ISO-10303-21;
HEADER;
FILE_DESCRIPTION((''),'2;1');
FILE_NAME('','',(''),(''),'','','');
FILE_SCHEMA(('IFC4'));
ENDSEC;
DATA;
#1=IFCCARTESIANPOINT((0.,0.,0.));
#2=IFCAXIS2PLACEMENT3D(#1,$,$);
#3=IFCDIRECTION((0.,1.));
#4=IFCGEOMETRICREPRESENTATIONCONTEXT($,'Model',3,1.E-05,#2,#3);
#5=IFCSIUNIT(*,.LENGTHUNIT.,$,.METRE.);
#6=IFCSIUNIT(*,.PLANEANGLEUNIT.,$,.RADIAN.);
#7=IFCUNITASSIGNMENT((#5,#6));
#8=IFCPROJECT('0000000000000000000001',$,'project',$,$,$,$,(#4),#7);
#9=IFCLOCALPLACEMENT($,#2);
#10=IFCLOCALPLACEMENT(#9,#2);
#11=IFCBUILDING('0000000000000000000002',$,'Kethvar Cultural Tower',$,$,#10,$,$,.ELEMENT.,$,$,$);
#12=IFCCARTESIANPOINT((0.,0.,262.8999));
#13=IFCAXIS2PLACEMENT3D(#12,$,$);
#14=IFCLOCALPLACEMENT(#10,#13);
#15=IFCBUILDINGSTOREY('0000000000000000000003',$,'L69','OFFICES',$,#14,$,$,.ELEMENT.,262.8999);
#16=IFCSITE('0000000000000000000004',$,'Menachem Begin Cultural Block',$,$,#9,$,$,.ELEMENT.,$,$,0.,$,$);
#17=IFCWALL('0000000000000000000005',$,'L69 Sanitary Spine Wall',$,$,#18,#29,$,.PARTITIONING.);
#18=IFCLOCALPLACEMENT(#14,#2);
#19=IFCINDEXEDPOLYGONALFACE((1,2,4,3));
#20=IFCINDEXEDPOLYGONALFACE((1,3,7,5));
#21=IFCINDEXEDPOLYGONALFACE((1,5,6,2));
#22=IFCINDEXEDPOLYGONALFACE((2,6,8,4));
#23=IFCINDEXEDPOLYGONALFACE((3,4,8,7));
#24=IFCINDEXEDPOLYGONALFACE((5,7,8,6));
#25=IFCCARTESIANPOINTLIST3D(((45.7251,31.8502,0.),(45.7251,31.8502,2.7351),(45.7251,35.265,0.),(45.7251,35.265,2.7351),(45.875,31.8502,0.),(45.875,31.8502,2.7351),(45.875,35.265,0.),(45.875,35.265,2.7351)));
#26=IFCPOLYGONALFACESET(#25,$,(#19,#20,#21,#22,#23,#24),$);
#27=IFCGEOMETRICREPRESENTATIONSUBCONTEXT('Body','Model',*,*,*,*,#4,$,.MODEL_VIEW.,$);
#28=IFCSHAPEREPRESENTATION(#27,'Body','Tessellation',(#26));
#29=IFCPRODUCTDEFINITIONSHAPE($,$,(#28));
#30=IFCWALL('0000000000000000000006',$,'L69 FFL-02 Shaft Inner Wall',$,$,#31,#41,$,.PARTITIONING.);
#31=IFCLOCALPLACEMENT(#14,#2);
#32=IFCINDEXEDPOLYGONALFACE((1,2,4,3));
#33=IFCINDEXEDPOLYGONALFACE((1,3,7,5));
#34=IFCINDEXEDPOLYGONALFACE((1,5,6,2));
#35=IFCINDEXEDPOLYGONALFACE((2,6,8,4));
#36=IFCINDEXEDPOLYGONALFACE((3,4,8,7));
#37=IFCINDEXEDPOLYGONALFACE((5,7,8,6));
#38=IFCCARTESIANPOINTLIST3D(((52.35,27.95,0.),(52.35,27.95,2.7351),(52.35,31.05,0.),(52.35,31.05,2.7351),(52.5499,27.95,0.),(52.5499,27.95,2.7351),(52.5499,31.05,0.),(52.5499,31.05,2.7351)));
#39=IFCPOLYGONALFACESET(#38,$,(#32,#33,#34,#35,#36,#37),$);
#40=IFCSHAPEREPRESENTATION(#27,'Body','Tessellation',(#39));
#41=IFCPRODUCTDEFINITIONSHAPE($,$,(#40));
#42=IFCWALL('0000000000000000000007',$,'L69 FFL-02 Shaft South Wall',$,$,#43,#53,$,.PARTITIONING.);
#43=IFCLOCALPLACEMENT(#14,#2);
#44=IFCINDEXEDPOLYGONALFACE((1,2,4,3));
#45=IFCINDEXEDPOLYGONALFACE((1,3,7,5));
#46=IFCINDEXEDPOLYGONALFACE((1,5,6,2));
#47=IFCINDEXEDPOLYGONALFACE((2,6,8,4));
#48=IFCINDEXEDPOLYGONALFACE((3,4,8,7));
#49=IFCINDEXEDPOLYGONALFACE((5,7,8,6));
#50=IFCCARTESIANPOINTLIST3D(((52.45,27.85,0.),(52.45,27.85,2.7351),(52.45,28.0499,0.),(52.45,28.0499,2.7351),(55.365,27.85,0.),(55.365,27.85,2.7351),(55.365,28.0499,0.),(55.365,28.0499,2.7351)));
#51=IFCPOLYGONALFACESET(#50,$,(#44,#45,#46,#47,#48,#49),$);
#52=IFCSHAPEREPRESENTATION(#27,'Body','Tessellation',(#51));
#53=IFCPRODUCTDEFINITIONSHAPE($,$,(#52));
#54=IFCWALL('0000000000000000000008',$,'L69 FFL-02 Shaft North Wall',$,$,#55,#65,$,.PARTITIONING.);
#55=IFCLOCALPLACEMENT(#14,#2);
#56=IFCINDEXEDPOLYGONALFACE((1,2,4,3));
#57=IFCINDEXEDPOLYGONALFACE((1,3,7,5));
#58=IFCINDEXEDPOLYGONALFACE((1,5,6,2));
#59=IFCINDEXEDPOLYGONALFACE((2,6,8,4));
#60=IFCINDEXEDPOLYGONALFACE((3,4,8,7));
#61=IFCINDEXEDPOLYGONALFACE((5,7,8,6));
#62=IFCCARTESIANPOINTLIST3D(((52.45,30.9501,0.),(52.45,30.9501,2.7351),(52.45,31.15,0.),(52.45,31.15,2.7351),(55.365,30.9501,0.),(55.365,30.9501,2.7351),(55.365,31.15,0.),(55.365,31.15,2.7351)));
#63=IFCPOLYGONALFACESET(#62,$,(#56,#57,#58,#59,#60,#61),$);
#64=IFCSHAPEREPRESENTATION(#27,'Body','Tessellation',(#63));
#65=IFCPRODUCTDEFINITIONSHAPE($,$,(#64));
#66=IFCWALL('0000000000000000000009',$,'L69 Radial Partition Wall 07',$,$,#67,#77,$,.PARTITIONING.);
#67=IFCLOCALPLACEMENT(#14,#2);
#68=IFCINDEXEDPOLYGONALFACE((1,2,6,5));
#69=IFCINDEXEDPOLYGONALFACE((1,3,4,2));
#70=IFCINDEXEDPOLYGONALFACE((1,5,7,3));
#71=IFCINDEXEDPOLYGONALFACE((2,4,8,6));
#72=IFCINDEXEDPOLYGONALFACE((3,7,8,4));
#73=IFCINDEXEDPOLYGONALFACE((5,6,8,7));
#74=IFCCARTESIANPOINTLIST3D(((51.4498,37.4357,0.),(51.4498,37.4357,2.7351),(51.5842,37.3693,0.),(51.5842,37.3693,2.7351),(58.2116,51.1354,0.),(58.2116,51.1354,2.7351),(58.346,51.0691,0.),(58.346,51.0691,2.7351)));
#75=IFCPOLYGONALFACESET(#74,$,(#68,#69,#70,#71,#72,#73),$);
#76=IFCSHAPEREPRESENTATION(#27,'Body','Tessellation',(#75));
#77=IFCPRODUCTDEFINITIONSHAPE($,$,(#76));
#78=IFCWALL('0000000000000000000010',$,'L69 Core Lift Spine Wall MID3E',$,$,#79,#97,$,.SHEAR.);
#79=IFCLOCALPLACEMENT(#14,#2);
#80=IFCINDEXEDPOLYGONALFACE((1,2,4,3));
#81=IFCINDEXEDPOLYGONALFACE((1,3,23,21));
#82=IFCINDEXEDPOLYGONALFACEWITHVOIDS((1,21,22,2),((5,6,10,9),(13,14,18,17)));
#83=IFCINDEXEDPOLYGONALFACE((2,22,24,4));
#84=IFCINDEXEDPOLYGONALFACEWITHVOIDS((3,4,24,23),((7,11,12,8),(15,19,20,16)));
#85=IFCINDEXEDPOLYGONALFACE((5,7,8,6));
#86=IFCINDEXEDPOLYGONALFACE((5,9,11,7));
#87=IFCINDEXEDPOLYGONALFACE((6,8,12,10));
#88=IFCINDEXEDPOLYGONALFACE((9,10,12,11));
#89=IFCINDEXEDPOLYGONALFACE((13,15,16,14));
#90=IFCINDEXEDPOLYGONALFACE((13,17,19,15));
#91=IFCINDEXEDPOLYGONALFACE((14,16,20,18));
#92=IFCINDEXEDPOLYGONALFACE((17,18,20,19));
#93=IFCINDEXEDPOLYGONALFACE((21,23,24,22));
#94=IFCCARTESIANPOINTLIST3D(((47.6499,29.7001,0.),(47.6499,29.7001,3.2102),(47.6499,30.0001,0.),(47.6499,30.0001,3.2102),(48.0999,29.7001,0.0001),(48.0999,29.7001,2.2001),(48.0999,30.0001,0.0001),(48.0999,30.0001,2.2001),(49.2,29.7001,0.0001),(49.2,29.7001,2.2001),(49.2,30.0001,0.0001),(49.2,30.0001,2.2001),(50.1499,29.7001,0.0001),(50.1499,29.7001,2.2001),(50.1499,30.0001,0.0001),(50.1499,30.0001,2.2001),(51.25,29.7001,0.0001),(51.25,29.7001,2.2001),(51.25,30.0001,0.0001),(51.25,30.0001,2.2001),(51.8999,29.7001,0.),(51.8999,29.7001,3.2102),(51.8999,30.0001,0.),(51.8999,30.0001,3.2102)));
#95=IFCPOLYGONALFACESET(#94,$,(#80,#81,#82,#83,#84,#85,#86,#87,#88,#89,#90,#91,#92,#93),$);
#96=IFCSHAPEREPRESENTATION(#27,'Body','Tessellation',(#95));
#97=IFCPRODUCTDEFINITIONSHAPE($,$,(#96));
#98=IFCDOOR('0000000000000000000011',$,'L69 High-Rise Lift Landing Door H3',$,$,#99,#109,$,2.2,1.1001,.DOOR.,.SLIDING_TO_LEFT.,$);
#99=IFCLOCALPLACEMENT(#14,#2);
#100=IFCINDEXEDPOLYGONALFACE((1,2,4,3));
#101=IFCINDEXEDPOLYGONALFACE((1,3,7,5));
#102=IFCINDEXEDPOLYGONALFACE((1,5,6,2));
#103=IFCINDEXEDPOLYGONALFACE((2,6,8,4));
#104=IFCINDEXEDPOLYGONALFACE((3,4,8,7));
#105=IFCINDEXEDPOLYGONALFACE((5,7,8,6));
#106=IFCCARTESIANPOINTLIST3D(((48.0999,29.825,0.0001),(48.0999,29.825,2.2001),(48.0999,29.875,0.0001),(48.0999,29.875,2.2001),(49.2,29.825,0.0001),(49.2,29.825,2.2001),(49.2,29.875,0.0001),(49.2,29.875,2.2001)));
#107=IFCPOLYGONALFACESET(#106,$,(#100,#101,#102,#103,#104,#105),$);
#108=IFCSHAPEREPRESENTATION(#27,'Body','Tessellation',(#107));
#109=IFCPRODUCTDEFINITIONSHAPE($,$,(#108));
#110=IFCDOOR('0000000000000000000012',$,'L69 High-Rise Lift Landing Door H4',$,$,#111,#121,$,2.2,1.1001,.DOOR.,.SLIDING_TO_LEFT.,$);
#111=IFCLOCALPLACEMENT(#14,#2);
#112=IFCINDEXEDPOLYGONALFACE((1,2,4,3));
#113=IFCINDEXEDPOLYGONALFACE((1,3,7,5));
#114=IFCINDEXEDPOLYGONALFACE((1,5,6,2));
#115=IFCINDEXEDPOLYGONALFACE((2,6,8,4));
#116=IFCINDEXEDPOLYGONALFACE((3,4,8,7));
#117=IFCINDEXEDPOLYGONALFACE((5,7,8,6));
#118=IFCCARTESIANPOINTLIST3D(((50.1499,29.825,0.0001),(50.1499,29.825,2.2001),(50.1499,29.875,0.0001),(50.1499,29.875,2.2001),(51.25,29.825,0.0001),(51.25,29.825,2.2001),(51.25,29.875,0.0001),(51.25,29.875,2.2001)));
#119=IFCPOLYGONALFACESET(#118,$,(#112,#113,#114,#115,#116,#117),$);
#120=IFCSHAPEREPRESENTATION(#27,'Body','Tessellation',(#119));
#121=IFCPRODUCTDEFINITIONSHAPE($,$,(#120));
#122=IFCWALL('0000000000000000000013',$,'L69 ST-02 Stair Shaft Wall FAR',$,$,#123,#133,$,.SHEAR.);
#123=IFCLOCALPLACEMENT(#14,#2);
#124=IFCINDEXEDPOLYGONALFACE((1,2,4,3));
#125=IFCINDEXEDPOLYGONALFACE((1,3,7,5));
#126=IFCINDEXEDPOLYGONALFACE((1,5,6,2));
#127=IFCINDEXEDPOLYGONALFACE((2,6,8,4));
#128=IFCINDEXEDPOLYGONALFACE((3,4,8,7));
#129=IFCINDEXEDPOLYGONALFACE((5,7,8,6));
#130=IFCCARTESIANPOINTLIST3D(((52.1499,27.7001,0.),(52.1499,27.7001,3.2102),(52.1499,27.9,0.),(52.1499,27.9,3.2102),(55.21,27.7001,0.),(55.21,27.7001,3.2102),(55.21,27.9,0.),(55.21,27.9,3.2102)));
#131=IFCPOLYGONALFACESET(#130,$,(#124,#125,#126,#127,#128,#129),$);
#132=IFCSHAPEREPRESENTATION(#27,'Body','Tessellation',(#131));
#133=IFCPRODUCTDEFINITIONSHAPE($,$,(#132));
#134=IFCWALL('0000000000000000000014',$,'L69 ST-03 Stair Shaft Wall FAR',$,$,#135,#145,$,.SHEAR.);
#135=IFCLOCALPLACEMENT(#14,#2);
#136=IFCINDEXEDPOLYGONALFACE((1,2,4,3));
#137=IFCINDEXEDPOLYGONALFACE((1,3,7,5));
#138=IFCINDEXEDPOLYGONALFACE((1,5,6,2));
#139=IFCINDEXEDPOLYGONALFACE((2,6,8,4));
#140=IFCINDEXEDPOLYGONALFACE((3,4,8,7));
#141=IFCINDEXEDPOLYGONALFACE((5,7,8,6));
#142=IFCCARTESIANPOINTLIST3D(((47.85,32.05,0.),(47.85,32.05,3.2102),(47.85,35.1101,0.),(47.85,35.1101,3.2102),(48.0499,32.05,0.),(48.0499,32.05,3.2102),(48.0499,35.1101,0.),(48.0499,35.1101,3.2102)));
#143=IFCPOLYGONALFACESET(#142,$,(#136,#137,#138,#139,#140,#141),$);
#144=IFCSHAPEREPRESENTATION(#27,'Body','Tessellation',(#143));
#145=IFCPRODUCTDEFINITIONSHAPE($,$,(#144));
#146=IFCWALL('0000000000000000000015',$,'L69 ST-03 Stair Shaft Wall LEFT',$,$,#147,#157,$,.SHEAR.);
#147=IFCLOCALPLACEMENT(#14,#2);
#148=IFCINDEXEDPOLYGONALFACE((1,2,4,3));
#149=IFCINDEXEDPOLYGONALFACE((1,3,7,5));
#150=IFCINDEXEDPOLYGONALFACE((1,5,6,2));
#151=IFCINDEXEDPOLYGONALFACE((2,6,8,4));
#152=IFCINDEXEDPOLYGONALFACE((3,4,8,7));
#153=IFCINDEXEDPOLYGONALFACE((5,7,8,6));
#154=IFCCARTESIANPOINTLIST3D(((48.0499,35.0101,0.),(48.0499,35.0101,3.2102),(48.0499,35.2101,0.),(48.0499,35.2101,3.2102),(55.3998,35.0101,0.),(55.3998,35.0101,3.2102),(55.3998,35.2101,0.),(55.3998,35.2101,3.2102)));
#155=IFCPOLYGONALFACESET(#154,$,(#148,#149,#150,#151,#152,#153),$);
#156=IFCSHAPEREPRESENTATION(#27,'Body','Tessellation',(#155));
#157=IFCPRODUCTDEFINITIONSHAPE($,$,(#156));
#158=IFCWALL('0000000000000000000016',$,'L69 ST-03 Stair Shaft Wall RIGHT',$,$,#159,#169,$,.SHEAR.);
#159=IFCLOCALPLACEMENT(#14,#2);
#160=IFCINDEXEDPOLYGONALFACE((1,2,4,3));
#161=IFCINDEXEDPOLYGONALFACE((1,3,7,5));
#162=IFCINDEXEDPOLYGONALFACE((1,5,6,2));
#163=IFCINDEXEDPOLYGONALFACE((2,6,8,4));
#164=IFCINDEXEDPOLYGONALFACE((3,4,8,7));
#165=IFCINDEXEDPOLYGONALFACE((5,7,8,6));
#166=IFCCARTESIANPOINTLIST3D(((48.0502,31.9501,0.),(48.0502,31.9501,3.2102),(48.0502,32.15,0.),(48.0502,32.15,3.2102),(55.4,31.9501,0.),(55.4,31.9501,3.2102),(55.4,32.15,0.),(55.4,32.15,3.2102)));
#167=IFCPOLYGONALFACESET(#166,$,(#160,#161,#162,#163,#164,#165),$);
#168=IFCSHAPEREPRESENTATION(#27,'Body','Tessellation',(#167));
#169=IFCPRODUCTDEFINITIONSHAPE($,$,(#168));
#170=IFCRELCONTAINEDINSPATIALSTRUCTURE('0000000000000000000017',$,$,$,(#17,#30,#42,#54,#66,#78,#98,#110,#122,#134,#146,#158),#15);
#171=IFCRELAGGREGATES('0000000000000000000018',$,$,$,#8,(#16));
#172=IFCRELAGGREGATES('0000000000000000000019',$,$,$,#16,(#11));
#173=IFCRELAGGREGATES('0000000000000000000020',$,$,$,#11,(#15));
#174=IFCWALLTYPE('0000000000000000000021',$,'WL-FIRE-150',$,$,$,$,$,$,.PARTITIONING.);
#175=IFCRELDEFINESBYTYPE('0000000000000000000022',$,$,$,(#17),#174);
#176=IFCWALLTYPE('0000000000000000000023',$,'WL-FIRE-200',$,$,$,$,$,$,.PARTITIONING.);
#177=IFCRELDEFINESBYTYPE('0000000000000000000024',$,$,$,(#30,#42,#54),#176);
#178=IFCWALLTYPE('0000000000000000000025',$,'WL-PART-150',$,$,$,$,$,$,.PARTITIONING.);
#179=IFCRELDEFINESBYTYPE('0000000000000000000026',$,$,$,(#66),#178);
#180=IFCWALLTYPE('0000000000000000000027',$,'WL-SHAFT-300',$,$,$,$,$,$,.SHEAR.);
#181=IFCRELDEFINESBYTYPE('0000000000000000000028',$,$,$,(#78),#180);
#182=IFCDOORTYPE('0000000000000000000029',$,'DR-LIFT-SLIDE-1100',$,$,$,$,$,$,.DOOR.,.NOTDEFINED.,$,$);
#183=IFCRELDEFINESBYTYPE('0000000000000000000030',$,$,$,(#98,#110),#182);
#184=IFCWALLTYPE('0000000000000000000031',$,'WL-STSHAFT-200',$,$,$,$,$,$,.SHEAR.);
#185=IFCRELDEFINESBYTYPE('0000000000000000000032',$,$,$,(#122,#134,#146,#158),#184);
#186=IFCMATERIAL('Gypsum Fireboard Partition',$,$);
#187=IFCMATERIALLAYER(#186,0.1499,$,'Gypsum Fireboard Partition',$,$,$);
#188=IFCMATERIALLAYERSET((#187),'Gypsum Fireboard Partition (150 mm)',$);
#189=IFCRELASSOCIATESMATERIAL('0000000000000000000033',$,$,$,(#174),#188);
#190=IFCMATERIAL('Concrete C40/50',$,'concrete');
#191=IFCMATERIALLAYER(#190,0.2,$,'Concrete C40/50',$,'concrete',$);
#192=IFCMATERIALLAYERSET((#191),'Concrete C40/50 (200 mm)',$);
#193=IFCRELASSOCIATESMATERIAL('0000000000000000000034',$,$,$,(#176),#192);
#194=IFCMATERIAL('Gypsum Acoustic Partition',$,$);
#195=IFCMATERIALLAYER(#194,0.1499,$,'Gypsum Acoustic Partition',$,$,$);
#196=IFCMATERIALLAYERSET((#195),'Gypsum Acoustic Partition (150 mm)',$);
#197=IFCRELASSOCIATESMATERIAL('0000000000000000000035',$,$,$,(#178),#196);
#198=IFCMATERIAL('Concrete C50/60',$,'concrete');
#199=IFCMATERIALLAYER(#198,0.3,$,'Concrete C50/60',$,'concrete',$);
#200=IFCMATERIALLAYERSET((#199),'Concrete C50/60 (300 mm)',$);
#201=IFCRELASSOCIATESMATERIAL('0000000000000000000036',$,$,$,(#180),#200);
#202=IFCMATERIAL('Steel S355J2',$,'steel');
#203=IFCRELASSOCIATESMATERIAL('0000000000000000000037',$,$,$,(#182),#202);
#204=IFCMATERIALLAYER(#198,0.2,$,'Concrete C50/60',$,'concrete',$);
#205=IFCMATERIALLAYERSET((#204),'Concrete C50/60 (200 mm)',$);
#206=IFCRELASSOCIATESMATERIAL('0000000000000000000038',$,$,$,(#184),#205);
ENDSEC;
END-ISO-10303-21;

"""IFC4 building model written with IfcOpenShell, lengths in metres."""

from ifc_helpers import new_model, si_unit, direction, frame, frame_2d, origin, place, context, subcontext, project, spatial, rectangle, extrude, source, transform, mapped, material, layer, layer_set, type_object, element, fill, save


model = new_model("IFC4")

# Units and contexts
model_context = context("Model", 3, precision=1e-05, world=origin(), true_north=direction((0.0, 1.0)))
body_context = subcontext(model_context, "Body", "Model", "MODEL_VIEW")
ifc_project = project(units=[si_unit("LENGTHUNIT", "METRE"), si_unit("PLANEANGLEUNIT", "RADIAN")], contexts=[model_context])

# Site, building, storey
site_placement = place(None, origin())
site = spatial("IfcSite", under=ifc_project, at=site_placement, Name="Menachem Begin Cultural Block", CompositionType="ELEMENT", RefElevation=0.0)
building_placement = place(site_placement, origin())
building = spatial("IfcBuilding", under=site, at=building_placement, Name="Kethvar Cultural Tower", CompositionType="ELEMENT")
storey_placement = place(building_placement, frame((0.0, 0.0, 262.8999)))
storey = spatial("IfcBuildingStorey", under=building, at=storey_placement, Name="L69", Description="OFFICES", CompositionType="ELEMENT", Elevation=262.8999)

# Shared definitions
ifc_material_1 = material(Name="Steel S355J2", Category="steel")

# Walls
ifc_material_2 = material(Name="Gypsum Fireboard Partition")
ifc_layer_1 = layer(ifc_material_2, 0.1499, Name="Gypsum Fireboard Partition")
ifc_layer_set_1 = layer_set([ifc_layer_1], Name="Gypsum Fireboard Partition (150 mm)")
wall_type_1 = type_object("IfcWallType", Name="WL-FIRE-150", PredefinedType="PARTITIONING", material=ifc_layer_set_1)
wall_1_placement = place(storey_placement, frame((45.8, 31.8501, 0.0), z_axis=(0.0, 0.0, 1.0), x_axis=(0.0, 1.0, 0.0)))
element("IfcWall", 1, at=wall_1_placement, inside=storey, type_object=wall_type_1, Name="L69 Sanitary Spine Wall", PredefinedType="PARTITIONING", context=body_context, shape_type="SweptSolid", body=[
    extrude(rectangle(XDim=3.4148, YDim=0.1499, at=frame_2d((1.7075, 0.0))), origin(), (0.0, 0.0, 1.0), 2.7351),
])
ifc_material_3 = material(Name="Concrete C40/50", Category="concrete")
ifc_layer_2 = layer(ifc_material_3, 0.2, Name="Concrete C40/50", Category="concrete")
ifc_layer_set_2 = layer_set([ifc_layer_2], Name="Concrete C40/50 (200 mm)")
wall_type_2 = type_object("IfcWallType", Name="WL-FIRE-200", PredefinedType="PARTITIONING", material=ifc_layer_set_2)
wall_2_placement = place(storey_placement, frame((52.45, 27.95, 0.0), z_axis=(0.0, 0.0, 1.0), x_axis=(0.0, 1.0, 0.0)))
element("IfcWall", 2, at=wall_2_placement, inside=storey, type_object=wall_type_2, Name="L69 FFL-02 Shaft Inner Wall", PredefinedType="PARTITIONING", context=body_context, shape_type="SweptSolid", body=[
    extrude(rectangle(XDim=3.1001, YDim=0.2, at=frame_2d((1.55, 0.0))), origin(), (0.0, 0.0, 1.0), 2.7351),
])
for number, where, z_axis, x_axis, name in (
    (3, (52.45, 27.95, 0.0), (0.0, 0.0, 1.0), (1.0, 0.0, 0.0), "L69 FFL-02 Shaft South Wall"),
    (4, (52.45, 31.05, 0.0), (0.0, 0.0, 1.0), (1.0, 0.0, 0.0), "L69 FFL-02 Shaft North Wall"),
):
    element("IfcWall", number, at=place(storey_placement, frame(where, z_axis=z_axis, x_axis=x_axis)), inside=storey, type_object=wall_type_2, Name=name, PredefinedType="PARTITIONING", context=body_context, shape_type="SweptSolid", body=[
        extrude(rectangle(XDim=2.915, YDim=0.2, at=frame_2d((1.4575, 0.0))), origin(), (0.0, 0.0, 1.0), 2.7351),
    ])
ifc_material_4 = material(Name="Gypsum Acoustic Partition")
ifc_layer_3 = layer(ifc_material_4, 0.1499, Name="Gypsum Acoustic Partition")
ifc_layer_set_3 = layer_set([ifc_layer_3], Name="Gypsum Acoustic Partition (150 mm)")
wall_type_3 = type_object("IfcWallType", Name="WL-PART-150", PredefinedType="PARTITIONING", material=ifc_layer_set_3)
wall_3_placement = place(storey_placement, frame((51.5171, 37.4026, 0.0), z_axis=(0.0, 0.0, 1.0), x_axis=(0.442593, 0.896723, 0.0)))
element("IfcWall", 5, at=wall_3_placement, inside=storey, type_object=wall_type_3, Name="L69 Radial Partition Wall 07", PredefinedType="PARTITIONING", context=body_context, shape_type="SweptSolid", body=[
    extrude(rectangle(XDim=15.2776, YDim=0.1499, at=frame_2d((7.6387, 0.0))), origin(), (0.0, 0.0, 1.0), 2.7351),
])

# Wall, openings, doors
ifc_material_5 = material(Name="Concrete C50/60", Category="concrete")
ifc_layer_4 = layer(ifc_material_5, 0.3, Name="Concrete C50/60", Category="concrete")
ifc_layer_set_4 = layer_set([ifc_layer_4], Name="Concrete C50/60 (300 mm)")
wall_type_4 = type_object("IfcWallType", Name="WL-SHAFT-300", PredefinedType="SHEAR", material=ifc_layer_set_4)
wall_4_placement = place(storey_placement, frame((47.6499, 29.8501, 0.0), z_axis=(0.0, 0.0, 1.0), x_axis=(1.0, 0.0, 0.0)))
wall_4 = element("IfcWall", 6, at=wall_4_placement, inside=storey, type_object=wall_type_4, Name="L69 Core Lift Spine Wall MID3E", PredefinedType="SHEAR", context=body_context, shape_type="SweptSolid", body=[
    extrude(rectangle(XDim=4.25, YDim=0.3, at=frame_2d((2.125, 0.0))), origin(), (0.0, 0.0, 1.0), 3.2102),
])
opening_1_placement = place(wall_4_placement, frame((0.45, 0.0, 0.0)))
opening_1 = element("IfcOpeningElement", 7, at=opening_1_placement, cuts=wall_4, PredefinedType="OPENING", context=body_context, shape_type="SweptSolid", body=[
    extrude(rectangle(XDim=1.1001, YDim=2.2, at=frame_2d((0.55, 1.1001))), frame((0.0, 0.1599, 0.0), z_axis=(0.0, -1.0, 0.0), x_axis=(1.0, 0.0, 0.0)), (0.0, 0.0, 1.0), 0.3201),
])
opening_2_placement = place(wall_4_placement, frame((2.5, 0.0, 0.0)))
opening_2 = element("IfcOpeningElement", 8, at=opening_2_placement, cuts=wall_4, PredefinedType="OPENING", context=body_context, shape_type="SweptSolid", body=[
    extrude(rectangle(XDim=1.1001, YDim=2.2, at=frame_2d((0.55, 1.1001))), frame((0.0, 0.1599, 0.0), z_axis=(0.0, -1.0, 0.0), x_axis=(1.0, 0.0, 0.0)), (0.0, 0.0, 1.0), 0.3201),
])
door_type = type_object("IfcDoorType", Name="DR-LIFT-SLIDE-1100", OperationType="NOTDEFINED", PredefinedType="DOOR", material=ifc_material_1)
shared_shape_1 = source(origin(), body_context, "Body", "SweptSolid", [
    extrude(rectangle(XDim=1.1001, YDim=2.2, at=frame_2d((0.55, 1.1001))), frame((0.0, 0.0249, 0.0), z_axis=(0.0, -1.0, 0.0), x_axis=(1.0, 0.0, 0.0)), (0.0, 0.0, 1.0), 0.05),
])
door_1_placement = place(opening_1_placement, origin())
door_1 = element("IfcDoor", 9, at=door_1_placement, inside=storey, type_object=door_type, Name="L69 High-Rise Lift Landing Door H3", OperationType="SLIDING_TO_LEFT", OverallHeight=2.2, OverallWidth=1.1001, PredefinedType="DOOR", context=body_context, shape_type="MappedRepresentation", body=[
    mapped(shared_shape_1, transform((0.0, 0.0, 0.0), scale=1.0)),
])
fill(opening_1, door_1)
door_2_placement = place(opening_2_placement, origin())
door_2 = element("IfcDoor", 10, at=door_2_placement, inside=storey, type_object=door_type, Name="L69 High-Rise Lift Landing Door H4", OperationType="SLIDING_TO_LEFT", OverallHeight=2.2, OverallWidth=1.1001, PredefinedType="DOOR", context=body_context, shape_type="MappedRepresentation", body=[
    mapped(shared_shape_1, transform((0.0, 0.0, 0.0), scale=1.0)),
])
fill(opening_2, door_2)

# Walls
ifc_layer_5 = layer(ifc_material_5, 0.2, Name="Concrete C50/60", Category="concrete")
ifc_layer_set_5 = layer_set([ifc_layer_5], Name="Concrete C50/60 (200 mm)")
wall_type_5 = type_object("IfcWallType", Name="WL-STSHAFT-200", PredefinedType="SHEAR", material=ifc_layer_set_5)
for number, where, z_axis, x_axis, name in (
    (11, (52.1499, 27.8, 0.0), (0.0, 0.0, 1.0), (1.0, 0.0, 0.0), "L69 ST-02 Stair Shaft Wall FAR"),
    (12, (47.95, 32.05, 0.0), (0.0, 0.0, 1.0), (0.0, 1.0, 0.0), "L69 ST-03 Stair Shaft Wall FAR"),
):
    element("IfcWall", number, at=place(storey_placement, frame(where, z_axis=z_axis, x_axis=x_axis)), inside=storey, type_object=wall_type_5, Name=name, PredefinedType="SHEAR", context=body_context, shape_type="SweptSolid", body=[
        extrude(rectangle(XDim=3.0601, YDim=0.2, at=frame_2d((1.53, 0.0))), origin(), (0.0, 0.0, 1.0), 3.2102),
    ])
for number, where, z_axis, x_axis, name in (
    (13, (48.05, 35.1101, 0.0), (0.0, 0.0, 1.0), (1.0, 0.0, 0.0), "L69 ST-03 Stair Shaft Wall LEFT"),
    (14, (55.3999, 32.05, 0.0), (0.0, 0.0, 1.0), (-1.0, 0.0, 0.0), "L69 ST-03 Stair Shaft Wall RIGHT"),
):
    element("IfcWall", number, at=place(storey_placement, frame(where, z_axis=z_axis, x_axis=x_axis)), inside=storey, type_object=wall_type_5, Name=name, PredefinedType="SHEAR", context=body_context, shape_type="SweptSolid", body=[
        extrude(rectangle(XDim=7.3499, YDim=0.2, at=frame_2d((3.6748, 0.0))), origin(), (0.0, 0.0, 1.0), 3.2102),
    ])

save(model, "model.ifc")
